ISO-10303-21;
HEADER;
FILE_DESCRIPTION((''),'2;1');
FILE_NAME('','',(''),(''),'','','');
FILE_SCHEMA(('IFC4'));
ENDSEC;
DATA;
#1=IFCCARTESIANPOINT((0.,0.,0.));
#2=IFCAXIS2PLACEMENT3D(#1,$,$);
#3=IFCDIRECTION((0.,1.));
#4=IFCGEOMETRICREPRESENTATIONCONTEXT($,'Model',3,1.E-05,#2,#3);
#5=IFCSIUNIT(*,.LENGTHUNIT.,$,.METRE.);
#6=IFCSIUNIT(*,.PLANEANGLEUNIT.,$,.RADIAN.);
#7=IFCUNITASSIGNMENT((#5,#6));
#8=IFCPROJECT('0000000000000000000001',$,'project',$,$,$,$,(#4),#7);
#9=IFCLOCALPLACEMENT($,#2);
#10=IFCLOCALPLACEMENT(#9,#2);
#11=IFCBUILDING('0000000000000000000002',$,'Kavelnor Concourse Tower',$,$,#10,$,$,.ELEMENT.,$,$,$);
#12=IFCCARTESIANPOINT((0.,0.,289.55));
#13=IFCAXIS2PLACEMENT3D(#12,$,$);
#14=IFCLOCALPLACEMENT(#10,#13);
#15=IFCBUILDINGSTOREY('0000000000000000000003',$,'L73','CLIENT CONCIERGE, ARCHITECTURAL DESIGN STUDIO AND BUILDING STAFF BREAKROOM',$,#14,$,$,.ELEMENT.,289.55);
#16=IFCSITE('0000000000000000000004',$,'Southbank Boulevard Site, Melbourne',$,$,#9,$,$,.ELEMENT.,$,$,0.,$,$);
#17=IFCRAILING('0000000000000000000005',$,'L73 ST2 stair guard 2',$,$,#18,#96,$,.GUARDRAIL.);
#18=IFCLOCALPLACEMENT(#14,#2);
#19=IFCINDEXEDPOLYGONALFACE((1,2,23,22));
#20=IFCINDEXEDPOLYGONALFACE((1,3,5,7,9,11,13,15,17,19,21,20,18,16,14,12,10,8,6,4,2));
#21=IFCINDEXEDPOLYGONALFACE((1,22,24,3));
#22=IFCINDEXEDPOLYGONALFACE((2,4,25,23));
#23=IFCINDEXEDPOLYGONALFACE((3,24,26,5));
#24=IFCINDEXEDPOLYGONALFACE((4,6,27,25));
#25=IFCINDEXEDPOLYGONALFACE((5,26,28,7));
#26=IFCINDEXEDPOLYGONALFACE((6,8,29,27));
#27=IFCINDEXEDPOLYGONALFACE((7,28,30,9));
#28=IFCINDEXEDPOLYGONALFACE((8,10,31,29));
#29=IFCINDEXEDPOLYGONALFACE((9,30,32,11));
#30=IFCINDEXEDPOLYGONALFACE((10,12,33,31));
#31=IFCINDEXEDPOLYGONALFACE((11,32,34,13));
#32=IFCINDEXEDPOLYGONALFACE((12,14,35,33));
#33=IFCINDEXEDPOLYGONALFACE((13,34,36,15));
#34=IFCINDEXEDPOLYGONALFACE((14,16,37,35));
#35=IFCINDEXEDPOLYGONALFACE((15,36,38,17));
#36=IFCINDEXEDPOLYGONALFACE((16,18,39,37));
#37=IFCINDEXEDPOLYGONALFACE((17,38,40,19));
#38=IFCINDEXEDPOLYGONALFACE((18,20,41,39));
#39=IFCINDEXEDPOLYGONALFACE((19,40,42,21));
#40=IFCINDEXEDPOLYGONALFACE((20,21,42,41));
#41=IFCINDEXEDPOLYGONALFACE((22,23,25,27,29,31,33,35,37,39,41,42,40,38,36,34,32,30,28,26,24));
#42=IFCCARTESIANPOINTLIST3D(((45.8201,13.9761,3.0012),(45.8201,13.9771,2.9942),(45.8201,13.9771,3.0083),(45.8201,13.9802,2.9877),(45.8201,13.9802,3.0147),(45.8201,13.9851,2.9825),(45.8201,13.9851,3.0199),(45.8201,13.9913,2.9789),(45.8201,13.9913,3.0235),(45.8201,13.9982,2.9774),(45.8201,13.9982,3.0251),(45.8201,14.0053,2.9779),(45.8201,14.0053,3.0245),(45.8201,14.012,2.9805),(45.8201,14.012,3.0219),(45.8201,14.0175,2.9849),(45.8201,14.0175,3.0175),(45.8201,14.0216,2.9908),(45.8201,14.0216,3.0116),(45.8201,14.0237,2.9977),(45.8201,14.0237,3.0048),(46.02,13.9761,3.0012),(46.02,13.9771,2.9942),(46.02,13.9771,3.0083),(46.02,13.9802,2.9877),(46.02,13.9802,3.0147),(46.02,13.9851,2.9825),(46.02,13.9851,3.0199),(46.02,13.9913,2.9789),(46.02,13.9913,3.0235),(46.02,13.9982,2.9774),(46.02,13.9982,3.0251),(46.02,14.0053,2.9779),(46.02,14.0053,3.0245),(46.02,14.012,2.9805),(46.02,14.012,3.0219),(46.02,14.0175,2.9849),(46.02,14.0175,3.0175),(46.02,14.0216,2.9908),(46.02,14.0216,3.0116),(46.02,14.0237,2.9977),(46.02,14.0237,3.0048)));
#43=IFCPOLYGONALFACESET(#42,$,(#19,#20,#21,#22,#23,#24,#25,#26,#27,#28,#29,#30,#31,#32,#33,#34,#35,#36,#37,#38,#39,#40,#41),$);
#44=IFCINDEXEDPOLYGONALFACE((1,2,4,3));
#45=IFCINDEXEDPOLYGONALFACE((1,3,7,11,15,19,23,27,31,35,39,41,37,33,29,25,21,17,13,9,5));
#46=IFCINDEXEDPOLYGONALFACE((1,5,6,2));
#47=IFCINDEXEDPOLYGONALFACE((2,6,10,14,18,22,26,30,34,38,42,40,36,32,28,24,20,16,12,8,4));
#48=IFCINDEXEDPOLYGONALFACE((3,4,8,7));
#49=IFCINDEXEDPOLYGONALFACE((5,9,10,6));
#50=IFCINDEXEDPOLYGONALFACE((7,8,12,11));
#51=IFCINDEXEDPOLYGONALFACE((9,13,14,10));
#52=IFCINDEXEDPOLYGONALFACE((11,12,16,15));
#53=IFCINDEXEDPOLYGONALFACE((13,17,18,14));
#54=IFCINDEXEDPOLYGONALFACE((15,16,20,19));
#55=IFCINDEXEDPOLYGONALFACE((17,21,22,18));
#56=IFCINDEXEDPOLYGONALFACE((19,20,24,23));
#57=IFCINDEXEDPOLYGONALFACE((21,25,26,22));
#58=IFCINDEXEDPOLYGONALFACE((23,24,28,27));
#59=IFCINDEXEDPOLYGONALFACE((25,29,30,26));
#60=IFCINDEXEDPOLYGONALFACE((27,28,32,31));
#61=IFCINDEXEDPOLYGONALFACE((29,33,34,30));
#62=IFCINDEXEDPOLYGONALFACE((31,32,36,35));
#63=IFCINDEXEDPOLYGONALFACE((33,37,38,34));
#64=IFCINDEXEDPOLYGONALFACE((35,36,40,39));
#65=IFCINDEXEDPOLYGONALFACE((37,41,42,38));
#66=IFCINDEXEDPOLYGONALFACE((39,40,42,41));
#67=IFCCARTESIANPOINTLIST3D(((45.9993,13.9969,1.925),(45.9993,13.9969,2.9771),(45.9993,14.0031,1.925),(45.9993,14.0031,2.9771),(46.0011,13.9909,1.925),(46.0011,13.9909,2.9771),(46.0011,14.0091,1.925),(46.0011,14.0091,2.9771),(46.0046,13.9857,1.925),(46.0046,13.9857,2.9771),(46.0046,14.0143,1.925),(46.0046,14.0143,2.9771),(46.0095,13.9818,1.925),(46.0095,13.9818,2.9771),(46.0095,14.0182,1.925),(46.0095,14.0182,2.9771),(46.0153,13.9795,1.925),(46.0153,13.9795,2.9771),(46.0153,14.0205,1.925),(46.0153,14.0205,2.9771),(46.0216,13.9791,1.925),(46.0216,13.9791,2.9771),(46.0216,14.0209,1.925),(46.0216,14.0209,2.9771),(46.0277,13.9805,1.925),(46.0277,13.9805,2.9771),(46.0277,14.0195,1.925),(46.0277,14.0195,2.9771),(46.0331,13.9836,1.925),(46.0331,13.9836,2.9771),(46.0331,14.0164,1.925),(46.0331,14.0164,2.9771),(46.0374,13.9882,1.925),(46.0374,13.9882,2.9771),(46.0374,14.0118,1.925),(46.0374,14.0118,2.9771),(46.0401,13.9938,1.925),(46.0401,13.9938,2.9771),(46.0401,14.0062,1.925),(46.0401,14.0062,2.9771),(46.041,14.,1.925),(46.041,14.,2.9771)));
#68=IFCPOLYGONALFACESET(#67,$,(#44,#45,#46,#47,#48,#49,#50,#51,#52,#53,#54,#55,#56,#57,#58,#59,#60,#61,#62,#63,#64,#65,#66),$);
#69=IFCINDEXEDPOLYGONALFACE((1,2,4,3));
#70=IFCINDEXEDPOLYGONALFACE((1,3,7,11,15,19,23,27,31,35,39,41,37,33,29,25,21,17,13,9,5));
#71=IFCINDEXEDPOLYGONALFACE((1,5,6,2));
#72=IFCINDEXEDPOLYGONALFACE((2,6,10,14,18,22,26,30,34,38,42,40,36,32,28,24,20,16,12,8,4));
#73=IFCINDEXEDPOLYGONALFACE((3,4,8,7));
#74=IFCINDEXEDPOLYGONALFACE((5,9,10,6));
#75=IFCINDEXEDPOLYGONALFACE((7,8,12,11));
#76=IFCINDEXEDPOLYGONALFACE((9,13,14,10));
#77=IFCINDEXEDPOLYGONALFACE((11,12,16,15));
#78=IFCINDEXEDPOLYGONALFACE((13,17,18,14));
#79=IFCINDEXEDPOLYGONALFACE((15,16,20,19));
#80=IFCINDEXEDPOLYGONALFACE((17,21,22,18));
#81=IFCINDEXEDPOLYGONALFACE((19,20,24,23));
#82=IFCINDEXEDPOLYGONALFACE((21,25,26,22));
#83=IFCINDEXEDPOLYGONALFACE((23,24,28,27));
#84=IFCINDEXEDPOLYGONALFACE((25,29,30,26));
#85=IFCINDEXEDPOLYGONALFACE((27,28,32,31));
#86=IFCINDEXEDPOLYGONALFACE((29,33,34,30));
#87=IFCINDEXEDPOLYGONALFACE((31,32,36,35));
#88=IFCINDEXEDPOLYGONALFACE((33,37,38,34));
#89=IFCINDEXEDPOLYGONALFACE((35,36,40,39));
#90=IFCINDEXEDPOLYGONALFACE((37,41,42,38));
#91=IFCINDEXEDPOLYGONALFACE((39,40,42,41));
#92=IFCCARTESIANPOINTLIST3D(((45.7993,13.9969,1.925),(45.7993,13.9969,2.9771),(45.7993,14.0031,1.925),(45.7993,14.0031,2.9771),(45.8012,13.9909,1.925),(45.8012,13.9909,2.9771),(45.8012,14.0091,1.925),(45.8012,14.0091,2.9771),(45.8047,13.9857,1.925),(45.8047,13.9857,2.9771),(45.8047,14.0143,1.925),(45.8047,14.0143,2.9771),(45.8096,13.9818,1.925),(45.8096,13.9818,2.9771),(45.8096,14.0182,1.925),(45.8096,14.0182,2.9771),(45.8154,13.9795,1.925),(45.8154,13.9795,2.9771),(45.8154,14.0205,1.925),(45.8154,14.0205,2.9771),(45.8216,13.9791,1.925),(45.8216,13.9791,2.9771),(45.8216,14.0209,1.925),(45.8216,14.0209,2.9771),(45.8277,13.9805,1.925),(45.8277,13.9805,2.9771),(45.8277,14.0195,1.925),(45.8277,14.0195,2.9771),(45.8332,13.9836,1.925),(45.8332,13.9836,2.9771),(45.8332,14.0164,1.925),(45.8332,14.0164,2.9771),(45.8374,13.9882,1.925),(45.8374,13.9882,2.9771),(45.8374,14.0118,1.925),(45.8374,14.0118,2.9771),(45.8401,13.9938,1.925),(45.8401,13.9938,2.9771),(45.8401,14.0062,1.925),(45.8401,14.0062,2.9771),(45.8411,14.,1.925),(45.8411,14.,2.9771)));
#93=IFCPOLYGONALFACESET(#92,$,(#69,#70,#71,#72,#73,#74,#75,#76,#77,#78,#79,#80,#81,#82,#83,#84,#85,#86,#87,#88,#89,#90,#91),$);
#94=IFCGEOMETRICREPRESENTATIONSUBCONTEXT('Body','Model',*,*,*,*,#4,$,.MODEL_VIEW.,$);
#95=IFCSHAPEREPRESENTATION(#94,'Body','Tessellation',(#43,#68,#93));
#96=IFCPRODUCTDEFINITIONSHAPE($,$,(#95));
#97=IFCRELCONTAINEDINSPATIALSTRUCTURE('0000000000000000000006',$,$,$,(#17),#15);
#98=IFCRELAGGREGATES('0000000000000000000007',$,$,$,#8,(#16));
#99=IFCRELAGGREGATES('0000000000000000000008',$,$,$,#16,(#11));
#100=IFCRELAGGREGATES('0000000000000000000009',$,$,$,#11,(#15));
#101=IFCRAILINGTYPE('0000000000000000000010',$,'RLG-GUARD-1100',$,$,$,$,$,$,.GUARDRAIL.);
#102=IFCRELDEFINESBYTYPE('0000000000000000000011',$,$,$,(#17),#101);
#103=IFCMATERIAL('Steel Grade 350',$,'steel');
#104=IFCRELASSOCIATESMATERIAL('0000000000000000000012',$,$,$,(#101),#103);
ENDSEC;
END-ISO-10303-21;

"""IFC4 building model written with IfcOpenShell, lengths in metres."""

from ifc_helpers import new_model, si_unit, direction, frame, origin, origin_2d, place, context, subcontext, project, spatial, circle, extrude, material, type_object, element, save


model = new_model("IFC4")

# Units and contexts
model_context = context("Model", 3, precision=1e-05, world=origin(), true_north=direction((0.0, 1.0)))
body_context = subcontext(model_context, "Body", "Model", "MODEL_VIEW")
ifc_project = project(units=[si_unit("LENGTHUNIT", "METRE"), si_unit("PLANEANGLEUNIT", "RADIAN")], contexts=[model_context])

# Site, building, storey
site_placement = place(None, origin())
site = spatial("IfcSite", under=ifc_project, at=site_placement, Name="Southbank Boulevard Site, Melbourne", CompositionType="ELEMENT", RefElevation=0.0)
building_placement = place(site_placement, origin())
building = spatial("IfcBuilding", under=site, at=building_placement, Name="Kavelnor Concourse Tower", CompositionType="ELEMENT")
storey_placement = place(building_placement, frame((0.0, 0.0, 289.55)))
storey = spatial("IfcBuildingStorey", under=building, at=storey_placement, Name="L73", Description="CLIENT CONCIERGE, ARCHITECTURAL DESIGN STUDIO AND BUILDING STAFF BREAKROOM", CompositionType="ELEMENT", Elevation=289.55)

# Shared definitions
ifc_material_1 = material(Name="Steel Grade 350", Category="steel")

# Railing
railing_type_1 = type_object("IfcRailingType", Name="RLG-GUARD-1100", PredefinedType="GUARDRAIL", material=ifc_material_1)
railing_1_placement = place(storey_placement, frame((46.02, 14.0, 1.925)))
element("IfcRailing", 1, at=railing_1_placement, inside=storey, type_object=railing_type_1, Name="L73 ST2 stair guard 2", PredefinedType="GUARDRAIL", context=body_context, shape_type="SweptSolid", body=[
    extrude(circle(Radius=0.0239, at=origin_2d()), frame((0.0, 0.0, 1.0762), z_axis=(-1.0, 0.0, 0.0), x_axis=(0.0, -1.0, 0.0)), (0.0, 0.0, 1.0), 0.2),
    extrude(circle(Radius=0.021, at=origin_2d()), origin(), (0.0, 0.0, 1.0), 1.052),
    extrude(circle(Radius=0.021, at=origin_2d()), frame((-0.2, 0.0, 0.0)), (0.0, 0.0, 1.0), 1.052),
])

save(model, "model.ifc")
